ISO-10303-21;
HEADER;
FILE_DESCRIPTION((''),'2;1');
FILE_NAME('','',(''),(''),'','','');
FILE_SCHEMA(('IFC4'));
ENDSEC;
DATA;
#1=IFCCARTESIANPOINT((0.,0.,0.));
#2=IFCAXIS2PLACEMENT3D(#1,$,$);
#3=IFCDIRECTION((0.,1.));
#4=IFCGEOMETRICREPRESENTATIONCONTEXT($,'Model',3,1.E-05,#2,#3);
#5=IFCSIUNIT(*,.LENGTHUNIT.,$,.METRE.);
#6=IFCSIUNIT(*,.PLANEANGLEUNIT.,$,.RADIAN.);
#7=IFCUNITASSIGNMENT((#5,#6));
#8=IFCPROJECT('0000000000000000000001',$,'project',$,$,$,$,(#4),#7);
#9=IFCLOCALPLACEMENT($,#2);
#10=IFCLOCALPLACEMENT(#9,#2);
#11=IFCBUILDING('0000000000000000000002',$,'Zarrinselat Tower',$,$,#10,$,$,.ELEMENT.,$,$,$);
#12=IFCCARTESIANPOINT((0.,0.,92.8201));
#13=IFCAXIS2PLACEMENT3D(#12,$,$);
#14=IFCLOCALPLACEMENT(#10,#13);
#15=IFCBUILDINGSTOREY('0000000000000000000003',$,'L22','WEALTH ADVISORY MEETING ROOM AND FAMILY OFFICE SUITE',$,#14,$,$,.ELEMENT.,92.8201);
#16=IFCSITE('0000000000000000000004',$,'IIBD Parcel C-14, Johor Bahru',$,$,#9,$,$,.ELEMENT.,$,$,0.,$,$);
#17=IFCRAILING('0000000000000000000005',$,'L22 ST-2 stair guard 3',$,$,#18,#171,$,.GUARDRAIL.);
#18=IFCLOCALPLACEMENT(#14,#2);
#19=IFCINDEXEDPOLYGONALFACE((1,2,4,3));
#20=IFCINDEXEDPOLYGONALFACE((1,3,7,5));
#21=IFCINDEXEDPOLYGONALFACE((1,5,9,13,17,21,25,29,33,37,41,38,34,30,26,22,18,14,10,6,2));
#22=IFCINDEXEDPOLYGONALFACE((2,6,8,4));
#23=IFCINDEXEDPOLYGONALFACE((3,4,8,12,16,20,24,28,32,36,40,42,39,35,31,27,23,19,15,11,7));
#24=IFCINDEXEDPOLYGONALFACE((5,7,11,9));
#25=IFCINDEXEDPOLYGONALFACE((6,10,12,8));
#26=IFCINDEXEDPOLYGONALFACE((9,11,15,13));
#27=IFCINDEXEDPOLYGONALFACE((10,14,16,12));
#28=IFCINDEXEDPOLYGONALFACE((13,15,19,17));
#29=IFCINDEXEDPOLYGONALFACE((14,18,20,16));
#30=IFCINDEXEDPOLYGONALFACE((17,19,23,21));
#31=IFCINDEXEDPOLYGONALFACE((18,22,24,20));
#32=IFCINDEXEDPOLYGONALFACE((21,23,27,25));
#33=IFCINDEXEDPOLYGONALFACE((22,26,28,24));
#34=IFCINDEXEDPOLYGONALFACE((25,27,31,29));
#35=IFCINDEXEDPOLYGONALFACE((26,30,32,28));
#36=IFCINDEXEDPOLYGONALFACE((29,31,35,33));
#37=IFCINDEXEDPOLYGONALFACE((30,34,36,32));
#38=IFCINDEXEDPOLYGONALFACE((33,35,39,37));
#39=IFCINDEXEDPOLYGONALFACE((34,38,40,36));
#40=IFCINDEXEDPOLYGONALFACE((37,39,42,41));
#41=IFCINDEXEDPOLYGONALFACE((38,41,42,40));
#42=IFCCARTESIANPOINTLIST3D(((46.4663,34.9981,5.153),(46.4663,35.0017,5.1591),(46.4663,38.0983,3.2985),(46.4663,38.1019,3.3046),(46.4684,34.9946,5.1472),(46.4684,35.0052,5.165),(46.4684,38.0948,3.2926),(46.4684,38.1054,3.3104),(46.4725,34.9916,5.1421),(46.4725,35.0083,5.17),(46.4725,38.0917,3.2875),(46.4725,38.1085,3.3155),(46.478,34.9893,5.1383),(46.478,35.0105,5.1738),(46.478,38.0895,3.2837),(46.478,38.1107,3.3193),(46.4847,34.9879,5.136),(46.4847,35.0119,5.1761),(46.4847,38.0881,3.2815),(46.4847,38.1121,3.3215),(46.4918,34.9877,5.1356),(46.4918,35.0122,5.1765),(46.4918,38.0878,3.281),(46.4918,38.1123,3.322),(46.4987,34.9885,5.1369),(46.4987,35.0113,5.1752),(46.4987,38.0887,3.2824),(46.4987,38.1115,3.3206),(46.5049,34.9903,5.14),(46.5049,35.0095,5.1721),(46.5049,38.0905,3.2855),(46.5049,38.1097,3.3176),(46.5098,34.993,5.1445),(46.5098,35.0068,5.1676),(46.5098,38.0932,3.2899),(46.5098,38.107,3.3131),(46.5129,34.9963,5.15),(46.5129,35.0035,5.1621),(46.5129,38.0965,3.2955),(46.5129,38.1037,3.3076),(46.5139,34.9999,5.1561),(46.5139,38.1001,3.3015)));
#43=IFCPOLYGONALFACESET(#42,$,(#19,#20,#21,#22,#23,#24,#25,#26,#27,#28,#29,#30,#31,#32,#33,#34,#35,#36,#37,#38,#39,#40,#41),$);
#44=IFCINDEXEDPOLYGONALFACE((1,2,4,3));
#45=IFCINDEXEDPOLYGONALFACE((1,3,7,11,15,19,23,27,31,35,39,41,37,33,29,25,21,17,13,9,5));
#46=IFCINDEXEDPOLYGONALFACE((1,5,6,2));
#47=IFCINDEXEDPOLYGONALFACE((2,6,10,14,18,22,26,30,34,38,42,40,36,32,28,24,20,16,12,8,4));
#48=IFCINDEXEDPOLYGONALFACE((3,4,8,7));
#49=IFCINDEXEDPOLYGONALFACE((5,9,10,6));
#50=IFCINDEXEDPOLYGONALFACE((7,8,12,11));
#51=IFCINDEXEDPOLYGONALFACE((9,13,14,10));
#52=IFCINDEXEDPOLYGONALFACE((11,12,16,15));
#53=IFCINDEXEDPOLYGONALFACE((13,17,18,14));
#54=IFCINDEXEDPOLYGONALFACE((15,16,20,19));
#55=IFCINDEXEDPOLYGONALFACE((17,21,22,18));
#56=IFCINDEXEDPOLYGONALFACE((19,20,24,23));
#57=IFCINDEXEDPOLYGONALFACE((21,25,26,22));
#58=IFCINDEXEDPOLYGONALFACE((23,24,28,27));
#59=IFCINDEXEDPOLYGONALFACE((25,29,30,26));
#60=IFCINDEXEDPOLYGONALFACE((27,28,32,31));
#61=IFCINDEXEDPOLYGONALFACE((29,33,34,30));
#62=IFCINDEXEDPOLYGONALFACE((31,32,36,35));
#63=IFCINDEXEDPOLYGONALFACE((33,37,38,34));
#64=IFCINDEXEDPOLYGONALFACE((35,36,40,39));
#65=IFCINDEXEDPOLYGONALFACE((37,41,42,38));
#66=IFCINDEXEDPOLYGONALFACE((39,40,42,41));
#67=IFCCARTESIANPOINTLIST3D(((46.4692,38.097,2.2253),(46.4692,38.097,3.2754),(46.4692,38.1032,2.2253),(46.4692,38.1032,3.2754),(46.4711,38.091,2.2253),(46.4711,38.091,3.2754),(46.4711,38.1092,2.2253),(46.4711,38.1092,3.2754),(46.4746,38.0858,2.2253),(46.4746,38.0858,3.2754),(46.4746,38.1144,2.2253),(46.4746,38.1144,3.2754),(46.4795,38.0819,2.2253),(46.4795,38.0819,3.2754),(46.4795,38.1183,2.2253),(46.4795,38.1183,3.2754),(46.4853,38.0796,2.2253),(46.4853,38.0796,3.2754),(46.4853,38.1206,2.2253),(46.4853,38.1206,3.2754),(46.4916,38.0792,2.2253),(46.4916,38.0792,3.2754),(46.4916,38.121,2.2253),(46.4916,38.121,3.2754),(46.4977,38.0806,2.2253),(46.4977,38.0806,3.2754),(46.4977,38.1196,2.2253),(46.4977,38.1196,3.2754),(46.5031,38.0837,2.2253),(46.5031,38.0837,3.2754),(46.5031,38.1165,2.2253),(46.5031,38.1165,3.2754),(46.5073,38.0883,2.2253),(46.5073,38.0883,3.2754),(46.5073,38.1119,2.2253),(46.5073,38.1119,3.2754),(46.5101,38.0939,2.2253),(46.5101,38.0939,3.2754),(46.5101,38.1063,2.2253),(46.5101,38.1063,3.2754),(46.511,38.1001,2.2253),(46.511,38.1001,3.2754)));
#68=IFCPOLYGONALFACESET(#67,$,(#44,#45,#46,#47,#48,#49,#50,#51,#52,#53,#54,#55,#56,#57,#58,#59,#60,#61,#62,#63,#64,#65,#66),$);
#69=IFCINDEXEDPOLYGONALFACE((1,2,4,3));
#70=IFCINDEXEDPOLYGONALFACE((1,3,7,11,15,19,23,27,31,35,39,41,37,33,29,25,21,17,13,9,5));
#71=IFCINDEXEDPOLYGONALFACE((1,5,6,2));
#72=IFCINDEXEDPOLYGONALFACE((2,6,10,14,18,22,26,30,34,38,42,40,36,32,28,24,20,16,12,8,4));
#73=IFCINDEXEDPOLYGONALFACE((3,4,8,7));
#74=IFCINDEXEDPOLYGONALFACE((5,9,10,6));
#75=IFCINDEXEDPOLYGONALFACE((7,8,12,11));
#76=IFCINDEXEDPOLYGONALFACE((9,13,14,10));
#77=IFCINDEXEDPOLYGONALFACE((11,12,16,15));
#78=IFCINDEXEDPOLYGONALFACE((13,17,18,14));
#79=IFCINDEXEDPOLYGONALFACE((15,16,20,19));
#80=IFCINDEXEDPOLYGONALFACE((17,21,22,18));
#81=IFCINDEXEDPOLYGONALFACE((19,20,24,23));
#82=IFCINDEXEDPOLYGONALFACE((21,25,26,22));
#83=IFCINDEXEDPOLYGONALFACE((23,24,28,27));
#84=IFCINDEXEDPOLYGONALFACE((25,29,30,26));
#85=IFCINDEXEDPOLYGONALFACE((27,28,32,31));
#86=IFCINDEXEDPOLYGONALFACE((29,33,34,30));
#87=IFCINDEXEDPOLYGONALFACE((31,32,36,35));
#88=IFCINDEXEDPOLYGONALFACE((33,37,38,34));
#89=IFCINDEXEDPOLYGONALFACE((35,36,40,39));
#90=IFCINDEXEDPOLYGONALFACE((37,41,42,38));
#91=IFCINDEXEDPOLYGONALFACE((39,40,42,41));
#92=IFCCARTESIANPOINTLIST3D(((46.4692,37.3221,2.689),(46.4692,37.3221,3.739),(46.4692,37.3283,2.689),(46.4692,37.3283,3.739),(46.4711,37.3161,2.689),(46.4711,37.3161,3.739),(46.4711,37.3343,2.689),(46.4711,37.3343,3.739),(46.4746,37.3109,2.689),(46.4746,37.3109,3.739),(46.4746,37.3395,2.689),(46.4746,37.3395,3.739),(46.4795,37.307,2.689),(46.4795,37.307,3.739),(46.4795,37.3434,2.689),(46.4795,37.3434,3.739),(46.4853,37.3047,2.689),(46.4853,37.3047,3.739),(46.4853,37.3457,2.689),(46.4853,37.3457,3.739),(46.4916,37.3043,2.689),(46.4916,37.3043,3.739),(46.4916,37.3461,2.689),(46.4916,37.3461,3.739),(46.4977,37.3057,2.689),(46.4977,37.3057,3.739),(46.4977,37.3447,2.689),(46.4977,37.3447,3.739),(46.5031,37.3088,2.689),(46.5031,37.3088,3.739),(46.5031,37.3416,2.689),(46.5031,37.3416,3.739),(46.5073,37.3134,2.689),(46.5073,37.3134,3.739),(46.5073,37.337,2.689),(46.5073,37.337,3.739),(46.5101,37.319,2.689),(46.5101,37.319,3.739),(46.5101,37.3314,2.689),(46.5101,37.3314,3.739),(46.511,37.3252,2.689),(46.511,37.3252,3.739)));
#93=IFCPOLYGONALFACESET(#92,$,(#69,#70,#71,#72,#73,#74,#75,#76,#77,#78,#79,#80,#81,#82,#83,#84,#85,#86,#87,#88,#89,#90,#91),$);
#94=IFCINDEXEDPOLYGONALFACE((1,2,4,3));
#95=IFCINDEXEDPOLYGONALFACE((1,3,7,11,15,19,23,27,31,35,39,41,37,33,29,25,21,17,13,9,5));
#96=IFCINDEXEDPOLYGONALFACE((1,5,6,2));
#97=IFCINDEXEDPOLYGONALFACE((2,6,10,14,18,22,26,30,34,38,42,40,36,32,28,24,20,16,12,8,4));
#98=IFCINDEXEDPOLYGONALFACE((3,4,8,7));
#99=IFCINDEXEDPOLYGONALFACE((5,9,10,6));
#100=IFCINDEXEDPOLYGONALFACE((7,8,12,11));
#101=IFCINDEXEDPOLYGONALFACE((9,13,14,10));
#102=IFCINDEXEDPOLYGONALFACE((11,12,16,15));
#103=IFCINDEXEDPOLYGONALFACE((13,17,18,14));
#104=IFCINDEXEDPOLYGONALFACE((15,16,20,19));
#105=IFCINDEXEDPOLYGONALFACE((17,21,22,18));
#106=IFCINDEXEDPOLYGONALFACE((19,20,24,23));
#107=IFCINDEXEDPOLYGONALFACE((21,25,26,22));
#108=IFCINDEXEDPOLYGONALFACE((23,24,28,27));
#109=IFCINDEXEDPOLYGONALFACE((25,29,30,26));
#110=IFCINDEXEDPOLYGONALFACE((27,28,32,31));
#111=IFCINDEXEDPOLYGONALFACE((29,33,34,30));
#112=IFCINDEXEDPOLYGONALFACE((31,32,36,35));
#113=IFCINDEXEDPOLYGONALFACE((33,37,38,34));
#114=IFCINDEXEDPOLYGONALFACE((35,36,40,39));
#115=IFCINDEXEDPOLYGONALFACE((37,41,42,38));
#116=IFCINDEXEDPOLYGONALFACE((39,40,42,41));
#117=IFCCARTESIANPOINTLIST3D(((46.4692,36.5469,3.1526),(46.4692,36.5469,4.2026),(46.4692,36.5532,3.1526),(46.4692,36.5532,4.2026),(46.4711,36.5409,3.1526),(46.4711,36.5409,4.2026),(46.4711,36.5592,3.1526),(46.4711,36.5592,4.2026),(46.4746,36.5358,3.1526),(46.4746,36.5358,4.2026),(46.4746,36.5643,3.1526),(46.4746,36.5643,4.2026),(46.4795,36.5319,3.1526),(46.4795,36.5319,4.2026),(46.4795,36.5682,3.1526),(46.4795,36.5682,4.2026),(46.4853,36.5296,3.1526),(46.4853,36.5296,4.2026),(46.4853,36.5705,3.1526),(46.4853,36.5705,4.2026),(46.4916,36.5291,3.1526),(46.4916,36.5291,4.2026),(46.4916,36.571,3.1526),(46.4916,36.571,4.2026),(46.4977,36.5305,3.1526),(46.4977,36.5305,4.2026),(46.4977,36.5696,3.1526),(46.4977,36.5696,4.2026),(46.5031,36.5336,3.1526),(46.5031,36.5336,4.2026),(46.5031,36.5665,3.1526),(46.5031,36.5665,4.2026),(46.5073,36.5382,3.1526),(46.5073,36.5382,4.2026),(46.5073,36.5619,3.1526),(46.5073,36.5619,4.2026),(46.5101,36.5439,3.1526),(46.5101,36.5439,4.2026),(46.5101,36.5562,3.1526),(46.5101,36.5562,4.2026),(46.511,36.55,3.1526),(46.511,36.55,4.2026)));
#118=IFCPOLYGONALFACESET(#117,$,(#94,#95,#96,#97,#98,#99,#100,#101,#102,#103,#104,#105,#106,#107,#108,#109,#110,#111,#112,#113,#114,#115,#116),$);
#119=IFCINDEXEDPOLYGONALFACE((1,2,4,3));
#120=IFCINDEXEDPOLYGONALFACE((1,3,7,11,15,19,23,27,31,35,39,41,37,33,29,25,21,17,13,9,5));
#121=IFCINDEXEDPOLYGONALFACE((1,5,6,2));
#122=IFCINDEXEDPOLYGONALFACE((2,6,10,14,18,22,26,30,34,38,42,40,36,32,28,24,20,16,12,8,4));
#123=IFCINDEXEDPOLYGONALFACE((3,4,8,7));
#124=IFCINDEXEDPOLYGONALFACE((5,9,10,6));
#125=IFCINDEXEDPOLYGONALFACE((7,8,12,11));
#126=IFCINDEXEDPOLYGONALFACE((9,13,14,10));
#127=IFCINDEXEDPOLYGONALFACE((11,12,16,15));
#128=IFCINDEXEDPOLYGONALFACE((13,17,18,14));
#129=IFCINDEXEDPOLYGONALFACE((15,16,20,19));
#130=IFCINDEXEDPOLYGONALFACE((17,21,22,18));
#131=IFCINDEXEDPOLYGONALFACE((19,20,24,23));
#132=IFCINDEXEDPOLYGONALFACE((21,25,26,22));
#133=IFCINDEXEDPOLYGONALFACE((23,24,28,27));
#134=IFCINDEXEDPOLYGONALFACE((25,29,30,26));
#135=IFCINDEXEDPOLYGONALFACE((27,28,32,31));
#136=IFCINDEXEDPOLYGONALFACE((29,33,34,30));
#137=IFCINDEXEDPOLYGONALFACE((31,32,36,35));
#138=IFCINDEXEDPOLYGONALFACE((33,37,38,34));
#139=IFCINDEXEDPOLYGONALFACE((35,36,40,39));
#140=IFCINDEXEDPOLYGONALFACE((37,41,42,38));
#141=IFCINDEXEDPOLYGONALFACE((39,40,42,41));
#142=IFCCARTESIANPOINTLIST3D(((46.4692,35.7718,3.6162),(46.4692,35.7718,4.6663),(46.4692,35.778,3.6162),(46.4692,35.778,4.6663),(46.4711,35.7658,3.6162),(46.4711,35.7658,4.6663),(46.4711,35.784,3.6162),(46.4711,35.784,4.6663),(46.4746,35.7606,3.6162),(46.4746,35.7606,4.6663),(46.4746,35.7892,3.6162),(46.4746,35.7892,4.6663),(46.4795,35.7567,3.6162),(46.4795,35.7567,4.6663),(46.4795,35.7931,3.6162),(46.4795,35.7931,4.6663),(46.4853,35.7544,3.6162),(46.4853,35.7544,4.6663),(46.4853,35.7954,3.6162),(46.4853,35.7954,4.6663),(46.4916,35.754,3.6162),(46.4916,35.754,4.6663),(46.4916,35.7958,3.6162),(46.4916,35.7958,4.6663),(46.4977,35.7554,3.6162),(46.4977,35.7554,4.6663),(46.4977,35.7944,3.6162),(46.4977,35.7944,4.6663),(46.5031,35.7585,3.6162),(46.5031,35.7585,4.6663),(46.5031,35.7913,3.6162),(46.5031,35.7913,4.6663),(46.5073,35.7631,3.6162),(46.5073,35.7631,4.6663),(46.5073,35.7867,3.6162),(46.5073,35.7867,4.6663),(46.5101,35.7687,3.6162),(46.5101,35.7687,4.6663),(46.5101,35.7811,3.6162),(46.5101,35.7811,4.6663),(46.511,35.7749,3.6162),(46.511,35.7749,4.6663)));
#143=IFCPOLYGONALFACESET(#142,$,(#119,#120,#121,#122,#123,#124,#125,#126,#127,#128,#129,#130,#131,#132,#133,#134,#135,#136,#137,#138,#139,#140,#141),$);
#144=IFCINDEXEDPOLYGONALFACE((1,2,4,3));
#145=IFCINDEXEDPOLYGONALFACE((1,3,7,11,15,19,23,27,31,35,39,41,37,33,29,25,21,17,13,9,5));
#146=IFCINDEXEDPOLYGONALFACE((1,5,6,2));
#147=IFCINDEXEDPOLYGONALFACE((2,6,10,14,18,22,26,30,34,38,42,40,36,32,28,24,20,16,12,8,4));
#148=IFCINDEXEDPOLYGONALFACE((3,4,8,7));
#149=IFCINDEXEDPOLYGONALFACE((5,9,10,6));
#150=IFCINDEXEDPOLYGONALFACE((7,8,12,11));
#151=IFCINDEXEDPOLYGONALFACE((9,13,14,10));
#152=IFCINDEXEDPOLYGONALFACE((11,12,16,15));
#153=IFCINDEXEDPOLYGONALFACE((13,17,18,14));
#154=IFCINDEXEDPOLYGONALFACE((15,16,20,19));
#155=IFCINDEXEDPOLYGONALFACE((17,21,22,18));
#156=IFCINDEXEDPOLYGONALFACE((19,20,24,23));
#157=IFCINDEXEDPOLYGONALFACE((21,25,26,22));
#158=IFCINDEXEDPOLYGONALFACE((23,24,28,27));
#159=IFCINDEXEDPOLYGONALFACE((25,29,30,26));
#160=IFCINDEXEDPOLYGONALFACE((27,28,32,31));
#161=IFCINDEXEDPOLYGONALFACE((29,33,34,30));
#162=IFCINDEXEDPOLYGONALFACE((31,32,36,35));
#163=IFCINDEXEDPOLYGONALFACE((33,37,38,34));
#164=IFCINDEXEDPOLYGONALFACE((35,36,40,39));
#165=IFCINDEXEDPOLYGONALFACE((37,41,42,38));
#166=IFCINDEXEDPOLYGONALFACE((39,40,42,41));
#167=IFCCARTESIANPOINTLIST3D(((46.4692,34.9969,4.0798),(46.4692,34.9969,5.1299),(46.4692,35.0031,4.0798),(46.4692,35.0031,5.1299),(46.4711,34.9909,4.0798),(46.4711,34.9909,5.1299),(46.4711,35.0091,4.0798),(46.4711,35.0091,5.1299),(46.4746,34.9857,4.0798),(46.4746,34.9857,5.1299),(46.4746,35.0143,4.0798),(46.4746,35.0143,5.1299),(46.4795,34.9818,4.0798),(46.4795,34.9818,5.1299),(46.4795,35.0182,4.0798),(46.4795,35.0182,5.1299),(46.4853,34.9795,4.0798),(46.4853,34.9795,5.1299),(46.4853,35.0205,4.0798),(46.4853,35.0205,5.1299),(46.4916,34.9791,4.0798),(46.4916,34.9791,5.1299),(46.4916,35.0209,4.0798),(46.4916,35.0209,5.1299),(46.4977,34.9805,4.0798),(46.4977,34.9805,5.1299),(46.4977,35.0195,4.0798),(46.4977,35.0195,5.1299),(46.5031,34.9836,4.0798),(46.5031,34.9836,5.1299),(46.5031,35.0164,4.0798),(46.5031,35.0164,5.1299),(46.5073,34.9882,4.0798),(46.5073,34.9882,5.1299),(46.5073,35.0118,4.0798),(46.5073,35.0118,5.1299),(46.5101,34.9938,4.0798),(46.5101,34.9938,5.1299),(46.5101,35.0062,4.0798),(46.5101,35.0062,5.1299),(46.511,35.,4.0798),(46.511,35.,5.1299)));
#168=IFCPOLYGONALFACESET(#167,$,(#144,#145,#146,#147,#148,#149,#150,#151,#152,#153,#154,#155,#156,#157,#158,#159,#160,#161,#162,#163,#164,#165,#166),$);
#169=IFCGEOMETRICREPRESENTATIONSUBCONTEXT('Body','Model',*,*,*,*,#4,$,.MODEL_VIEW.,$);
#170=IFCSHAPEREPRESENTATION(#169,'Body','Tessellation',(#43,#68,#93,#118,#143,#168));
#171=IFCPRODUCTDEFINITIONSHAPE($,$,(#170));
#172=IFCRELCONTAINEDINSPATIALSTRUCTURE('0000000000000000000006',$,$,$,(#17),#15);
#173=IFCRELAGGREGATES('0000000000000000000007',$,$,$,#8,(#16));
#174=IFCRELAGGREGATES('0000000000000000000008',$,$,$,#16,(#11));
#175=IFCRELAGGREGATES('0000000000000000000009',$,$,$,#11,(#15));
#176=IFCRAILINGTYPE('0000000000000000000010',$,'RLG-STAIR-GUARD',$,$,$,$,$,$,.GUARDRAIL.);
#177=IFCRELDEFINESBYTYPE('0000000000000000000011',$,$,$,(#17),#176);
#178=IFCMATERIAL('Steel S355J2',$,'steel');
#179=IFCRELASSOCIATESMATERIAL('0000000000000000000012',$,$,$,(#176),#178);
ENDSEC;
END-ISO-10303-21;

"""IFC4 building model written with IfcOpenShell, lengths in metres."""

from ifc_helpers import new_model, si_unit, direction, frame, origin, origin_2d, place, context, subcontext, project, spatial, circle, extrude, material, type_object, element, save


model = new_model("IFC4")

# Units and contexts
model_context = context("Model", 3, precision=1e-05, world=origin(), true_north=direction((0.0, 1.0)))
body_context = subcontext(model_context, "Body", "Model", "MODEL_VIEW")
ifc_project = project(units=[si_unit("LENGTHUNIT", "METRE"), si_unit("PLANEANGLEUNIT", "RADIAN")], contexts=[model_context])

# Site, building, storey
site_placement = place(None, origin())
site = spatial("IfcSite", under=ifc_project, at=site_placement, Name="IIBD Parcel C-14, Johor Bahru", CompositionType="ELEMENT", RefElevation=0.0)
building_placement = place(site_placement, origin())
building = spatial("IfcBuilding", under=site, at=building_placement, Name="Zarrinselat Tower", CompositionType="ELEMENT")
storey_placement = place(building_placement, frame((0.0, 0.0, 92.8201)))
storey = spatial("IfcBuildingStorey", under=building, at=storey_placement, Name="L22", Description="WEALTH ADVISORY MEETING ROOM AND FAMILY OFFICE SUITE", CompositionType="ELEMENT", Elevation=92.8201)

# Railing
ifc_material_1 = material(Name="Steel S355J2", Category="steel")
railing_type_1 = type_object("IfcRailingType", Name="RLG-STAIR-GUARD", PredefinedType="GUARDRAIL", material=ifc_material_1)
railing_1_placement = place(storey_placement, frame((46.49, 38.1001, 2.2253)))
element("IfcRailing", 1, at=railing_1_placement, inside=storey, type_object=railing_type_1, Name="L22 ST-2 stair guard 3", PredefinedType="GUARDRAIL", context=body_context, shape_type="SweptSolid", body=[
    extrude(circle(Radius=0.0239, at=origin_2d()), frame((0.0, 0.0, 1.0762), z_axis=(0.0, -0.858172, 0.513362), x_axis=(1.0, 0.0, 0.0)), (0.0, 0.0, 1.0), 3.6125),
    extrude(circle(Radius=0.021, at=origin_2d()), origin(), (0.0, 0.0, 1.0), 1.05),
    extrude(circle(Radius=0.021, at=origin_2d()), frame((0.0, -0.7749, 0.4636)), (0.0, 0.0, 1.0), 1.05),
    extrude(circle(Radius=0.021, at=origin_2d()), frame((0.0, -1.55, 0.9272)), (0.0, 0.0, 1.0), 1.05),
    extrude(circle(Radius=0.021, at=origin_2d()), frame((0.0, -2.3252, 1.3909)), (0.0, 0.0, 1.0), 1.05),
    extrude(circle(Radius=0.021, at=origin_2d()), frame((0.0, -3.1001, 1.8545)), (0.0, 0.0, 1.0), 1.05),
])

save(model, "model.ifc")
